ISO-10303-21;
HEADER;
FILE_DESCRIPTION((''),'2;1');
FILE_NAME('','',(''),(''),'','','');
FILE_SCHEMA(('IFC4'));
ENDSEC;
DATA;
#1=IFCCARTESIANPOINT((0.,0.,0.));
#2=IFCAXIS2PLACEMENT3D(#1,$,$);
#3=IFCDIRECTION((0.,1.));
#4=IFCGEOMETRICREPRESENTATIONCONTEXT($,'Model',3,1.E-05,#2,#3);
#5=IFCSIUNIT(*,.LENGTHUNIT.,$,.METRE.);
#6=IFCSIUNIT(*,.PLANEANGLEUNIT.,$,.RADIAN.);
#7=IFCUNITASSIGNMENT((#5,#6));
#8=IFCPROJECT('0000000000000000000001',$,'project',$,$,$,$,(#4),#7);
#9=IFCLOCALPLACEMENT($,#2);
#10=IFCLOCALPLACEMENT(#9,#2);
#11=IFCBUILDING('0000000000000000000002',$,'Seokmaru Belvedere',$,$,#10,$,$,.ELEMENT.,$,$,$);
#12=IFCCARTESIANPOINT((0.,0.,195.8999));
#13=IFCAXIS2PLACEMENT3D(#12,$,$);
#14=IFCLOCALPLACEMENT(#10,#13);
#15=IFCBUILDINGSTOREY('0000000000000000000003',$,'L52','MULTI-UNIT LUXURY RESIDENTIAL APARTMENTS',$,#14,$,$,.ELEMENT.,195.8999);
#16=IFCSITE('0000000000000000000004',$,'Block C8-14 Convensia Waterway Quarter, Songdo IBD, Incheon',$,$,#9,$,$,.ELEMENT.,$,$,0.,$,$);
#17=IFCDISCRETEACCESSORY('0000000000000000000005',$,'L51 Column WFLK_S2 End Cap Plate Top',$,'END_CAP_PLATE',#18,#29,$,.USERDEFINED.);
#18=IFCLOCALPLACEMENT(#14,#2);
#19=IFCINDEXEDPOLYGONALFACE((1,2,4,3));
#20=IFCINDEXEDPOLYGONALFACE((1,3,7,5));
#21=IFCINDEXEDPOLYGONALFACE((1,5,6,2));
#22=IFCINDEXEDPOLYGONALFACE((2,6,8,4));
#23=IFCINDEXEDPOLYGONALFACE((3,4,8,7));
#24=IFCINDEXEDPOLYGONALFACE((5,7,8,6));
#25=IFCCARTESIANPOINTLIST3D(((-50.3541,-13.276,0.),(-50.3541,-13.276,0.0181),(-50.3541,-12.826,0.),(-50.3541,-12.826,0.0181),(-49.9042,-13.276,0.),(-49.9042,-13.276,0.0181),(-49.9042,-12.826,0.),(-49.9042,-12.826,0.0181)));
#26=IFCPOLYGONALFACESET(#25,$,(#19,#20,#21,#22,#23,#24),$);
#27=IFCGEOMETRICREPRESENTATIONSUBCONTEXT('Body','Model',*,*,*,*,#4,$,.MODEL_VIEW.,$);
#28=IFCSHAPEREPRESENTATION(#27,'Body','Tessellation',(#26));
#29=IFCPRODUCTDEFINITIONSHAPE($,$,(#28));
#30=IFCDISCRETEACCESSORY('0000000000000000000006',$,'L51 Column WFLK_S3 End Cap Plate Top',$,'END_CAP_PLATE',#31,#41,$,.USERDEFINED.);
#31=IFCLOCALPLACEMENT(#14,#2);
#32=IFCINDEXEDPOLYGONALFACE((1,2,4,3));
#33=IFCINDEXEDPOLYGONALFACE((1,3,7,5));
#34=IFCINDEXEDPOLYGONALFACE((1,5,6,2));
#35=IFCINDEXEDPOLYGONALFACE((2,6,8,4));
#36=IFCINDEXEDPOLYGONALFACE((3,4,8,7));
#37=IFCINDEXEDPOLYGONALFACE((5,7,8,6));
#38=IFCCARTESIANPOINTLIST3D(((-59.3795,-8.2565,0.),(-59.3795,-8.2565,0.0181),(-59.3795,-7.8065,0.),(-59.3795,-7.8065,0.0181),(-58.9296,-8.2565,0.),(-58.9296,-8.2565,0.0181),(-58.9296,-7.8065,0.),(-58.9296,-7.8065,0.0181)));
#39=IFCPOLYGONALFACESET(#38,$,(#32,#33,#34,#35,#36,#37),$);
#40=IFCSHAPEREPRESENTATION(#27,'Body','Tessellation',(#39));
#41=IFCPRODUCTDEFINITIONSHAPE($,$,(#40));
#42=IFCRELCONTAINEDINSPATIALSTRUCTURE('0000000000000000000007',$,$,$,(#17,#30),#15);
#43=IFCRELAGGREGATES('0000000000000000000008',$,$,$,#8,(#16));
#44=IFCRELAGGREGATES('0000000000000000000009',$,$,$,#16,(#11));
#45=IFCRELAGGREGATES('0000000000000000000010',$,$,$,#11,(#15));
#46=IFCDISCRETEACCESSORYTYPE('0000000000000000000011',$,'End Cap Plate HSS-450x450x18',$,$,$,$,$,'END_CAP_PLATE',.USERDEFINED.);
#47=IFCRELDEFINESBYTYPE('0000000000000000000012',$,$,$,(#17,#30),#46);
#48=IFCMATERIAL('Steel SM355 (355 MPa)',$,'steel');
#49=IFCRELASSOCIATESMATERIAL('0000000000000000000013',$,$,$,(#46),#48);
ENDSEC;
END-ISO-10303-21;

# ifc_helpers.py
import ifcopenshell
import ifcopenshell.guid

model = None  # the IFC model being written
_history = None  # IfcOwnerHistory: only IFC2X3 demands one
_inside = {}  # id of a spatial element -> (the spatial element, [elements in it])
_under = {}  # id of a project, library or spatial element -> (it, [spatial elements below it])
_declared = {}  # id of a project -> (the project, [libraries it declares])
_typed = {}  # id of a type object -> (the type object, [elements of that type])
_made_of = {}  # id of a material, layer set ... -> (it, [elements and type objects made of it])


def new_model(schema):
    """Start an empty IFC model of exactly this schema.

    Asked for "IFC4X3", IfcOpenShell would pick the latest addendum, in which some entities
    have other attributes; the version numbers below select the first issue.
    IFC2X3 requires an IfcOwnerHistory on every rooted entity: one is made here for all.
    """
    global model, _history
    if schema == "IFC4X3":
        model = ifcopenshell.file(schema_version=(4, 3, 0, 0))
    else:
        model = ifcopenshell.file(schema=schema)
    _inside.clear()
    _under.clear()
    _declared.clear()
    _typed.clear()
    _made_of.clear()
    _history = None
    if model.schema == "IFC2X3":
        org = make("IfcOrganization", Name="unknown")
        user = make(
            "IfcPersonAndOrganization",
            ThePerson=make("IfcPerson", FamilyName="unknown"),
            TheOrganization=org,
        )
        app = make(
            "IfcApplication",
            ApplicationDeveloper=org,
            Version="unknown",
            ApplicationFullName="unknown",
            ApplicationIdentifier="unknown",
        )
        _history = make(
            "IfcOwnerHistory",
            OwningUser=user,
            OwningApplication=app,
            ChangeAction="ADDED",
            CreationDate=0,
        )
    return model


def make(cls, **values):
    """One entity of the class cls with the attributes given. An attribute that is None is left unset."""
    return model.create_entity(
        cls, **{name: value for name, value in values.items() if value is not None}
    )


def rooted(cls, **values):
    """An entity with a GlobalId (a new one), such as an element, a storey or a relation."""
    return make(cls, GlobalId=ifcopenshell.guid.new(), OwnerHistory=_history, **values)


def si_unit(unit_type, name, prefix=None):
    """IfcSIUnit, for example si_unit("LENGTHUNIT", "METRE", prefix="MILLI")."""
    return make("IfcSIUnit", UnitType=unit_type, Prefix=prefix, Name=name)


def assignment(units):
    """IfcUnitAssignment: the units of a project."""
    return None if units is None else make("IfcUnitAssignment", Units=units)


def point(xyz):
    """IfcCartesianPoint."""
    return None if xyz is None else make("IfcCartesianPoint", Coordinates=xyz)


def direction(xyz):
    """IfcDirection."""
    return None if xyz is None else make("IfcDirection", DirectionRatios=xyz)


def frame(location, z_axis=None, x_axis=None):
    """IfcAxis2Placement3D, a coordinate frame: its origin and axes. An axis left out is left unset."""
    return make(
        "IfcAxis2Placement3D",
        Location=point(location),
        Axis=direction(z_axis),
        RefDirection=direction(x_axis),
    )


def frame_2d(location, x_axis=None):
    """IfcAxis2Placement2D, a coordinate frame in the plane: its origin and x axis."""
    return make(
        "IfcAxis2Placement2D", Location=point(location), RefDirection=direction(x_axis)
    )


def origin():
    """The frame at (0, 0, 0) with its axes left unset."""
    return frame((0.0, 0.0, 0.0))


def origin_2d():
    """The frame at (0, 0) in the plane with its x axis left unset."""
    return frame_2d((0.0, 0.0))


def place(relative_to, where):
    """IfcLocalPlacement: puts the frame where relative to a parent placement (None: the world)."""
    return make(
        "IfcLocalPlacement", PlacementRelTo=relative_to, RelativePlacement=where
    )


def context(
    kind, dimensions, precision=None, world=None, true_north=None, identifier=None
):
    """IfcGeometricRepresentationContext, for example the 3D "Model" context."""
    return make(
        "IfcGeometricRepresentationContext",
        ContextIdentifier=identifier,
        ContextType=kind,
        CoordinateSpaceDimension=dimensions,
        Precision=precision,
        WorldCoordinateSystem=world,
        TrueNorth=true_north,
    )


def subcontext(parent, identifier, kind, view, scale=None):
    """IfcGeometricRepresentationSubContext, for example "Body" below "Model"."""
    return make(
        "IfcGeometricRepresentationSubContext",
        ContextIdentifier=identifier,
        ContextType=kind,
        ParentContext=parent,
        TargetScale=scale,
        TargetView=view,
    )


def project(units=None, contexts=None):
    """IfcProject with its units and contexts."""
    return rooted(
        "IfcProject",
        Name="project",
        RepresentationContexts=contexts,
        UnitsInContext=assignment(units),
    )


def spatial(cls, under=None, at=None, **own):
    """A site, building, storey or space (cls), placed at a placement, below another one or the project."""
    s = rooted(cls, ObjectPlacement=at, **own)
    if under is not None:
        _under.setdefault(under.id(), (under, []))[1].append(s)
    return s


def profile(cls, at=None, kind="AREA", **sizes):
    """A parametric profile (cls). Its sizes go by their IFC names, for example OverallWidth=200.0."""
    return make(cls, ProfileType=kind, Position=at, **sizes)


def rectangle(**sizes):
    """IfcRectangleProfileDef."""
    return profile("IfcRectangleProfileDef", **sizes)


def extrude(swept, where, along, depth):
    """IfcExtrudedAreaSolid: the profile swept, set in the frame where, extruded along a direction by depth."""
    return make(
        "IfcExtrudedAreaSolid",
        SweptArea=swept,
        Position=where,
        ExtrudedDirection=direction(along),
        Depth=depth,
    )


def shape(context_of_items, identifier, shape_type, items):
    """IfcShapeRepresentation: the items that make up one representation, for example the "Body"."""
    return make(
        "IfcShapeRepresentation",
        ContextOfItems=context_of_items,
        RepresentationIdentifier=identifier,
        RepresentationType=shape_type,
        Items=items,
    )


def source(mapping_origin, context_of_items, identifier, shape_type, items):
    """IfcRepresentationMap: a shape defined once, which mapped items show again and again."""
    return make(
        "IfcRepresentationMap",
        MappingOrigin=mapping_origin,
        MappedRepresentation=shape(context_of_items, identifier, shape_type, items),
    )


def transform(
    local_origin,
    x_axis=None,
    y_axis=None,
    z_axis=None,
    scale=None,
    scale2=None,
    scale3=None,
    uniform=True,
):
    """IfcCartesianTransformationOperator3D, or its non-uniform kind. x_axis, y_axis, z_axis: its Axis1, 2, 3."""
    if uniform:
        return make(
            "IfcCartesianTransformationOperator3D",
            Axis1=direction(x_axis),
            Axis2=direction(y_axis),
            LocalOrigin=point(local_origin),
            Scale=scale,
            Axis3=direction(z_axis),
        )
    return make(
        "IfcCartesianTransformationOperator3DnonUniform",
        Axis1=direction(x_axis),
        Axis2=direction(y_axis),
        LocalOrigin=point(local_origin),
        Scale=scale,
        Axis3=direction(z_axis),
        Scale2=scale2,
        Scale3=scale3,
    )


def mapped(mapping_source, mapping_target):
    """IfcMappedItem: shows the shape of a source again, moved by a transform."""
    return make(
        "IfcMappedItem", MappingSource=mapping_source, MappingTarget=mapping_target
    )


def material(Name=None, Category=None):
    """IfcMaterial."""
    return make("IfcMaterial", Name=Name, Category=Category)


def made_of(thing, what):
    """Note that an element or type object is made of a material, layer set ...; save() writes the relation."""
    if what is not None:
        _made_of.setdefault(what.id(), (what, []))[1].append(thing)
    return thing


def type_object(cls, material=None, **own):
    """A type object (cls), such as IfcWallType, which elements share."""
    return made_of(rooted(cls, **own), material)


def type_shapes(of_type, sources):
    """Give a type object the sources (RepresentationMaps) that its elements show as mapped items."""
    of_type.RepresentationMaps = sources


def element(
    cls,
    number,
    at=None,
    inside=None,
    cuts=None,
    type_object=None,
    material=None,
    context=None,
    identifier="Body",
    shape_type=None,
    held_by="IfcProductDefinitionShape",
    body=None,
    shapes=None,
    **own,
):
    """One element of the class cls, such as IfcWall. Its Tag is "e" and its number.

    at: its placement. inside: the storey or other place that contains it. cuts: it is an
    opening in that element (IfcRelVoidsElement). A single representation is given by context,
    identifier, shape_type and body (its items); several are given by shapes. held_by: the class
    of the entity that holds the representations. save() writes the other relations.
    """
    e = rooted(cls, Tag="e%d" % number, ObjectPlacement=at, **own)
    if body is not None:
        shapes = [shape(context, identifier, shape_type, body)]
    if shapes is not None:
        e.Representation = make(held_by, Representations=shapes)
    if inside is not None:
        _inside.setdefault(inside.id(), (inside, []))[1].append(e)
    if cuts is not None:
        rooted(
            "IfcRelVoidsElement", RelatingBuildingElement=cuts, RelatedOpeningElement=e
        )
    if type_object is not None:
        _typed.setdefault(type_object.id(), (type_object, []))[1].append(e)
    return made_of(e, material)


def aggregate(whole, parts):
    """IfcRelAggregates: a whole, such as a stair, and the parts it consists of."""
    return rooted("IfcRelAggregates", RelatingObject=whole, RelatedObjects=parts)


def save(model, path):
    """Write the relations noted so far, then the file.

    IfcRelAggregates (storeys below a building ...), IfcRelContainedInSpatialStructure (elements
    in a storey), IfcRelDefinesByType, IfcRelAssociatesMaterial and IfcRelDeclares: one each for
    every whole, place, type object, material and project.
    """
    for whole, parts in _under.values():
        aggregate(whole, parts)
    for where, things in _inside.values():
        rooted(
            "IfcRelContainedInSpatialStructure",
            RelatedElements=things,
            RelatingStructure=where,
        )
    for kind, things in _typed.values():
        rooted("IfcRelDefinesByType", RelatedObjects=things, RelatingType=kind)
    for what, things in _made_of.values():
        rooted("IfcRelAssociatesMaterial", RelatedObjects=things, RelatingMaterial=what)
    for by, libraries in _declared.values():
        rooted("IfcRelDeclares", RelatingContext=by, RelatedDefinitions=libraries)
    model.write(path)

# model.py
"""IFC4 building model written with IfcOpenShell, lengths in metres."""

from ifc_helpers import new_model, si_unit, direction, frame, origin, origin_2d, place, context, subcontext, project, spatial, rectangle, extrude, source, transform, mapped, material, type_object, type_shapes, element, save


model = new_model("IFC4")

# Units and contexts
model_context = context("Model", 3, precision=1e-05, world=origin(), true_north=direction((0.0, 1.0)))
body_context = subcontext(model_context, "Body", "Model", "MODEL_VIEW")
ifc_project = project(units=[si_unit("LENGTHUNIT", "METRE"), si_unit("PLANEANGLEUNIT", "RADIAN")], contexts=[model_context])

# Site, building, storey
site_placement = place(None, origin())
site = spatial("IfcSite", under=ifc_project, at=site_placement, Name="Block C8-14 Convensia Waterway Quarter, Songdo IBD, Incheon", CompositionType="ELEMENT", RefElevation=0.0)
building_placement = place(site_placement, origin())
building = spatial("IfcBuilding", under=site, at=building_placement, Name="Seokmaru Belvedere", CompositionType="ELEMENT")
storey_placement = place(building_placement, frame((0.0, 0.0, 195.8999)))
storey = spatial("IfcBuildingStorey", under=building, at=storey_placement, Name="L52", Description="MULTI-UNIT LUXURY RESIDENTIAL APARTMENTS", CompositionType="ELEMENT", Elevation=195.8999)

# Shared definitions
ifc_material_1 = material(Name="Steel SM355 (355 MPa)", Category="steel")

# Discrete accessories
discrete_accessory_type = type_object("IfcDiscreteAccessoryType", Name="End Cap Plate HSS-450x450x18", ElementType="END_CAP_PLATE", PredefinedType="USERDEFINED", material=ifc_material_1)
shared_shape_1 = source(origin(), body_context, "Body", "SweptSolid", [
    extrude(rectangle(XDim=0.45, YDim=0.45, at=origin_2d()), origin(), (0.0, 0.0, 1.0), 0.0181),
])
type_shapes(discrete_accessory_type, [shared_shape_1])
for number, where, z_axis, x_axis, name in (
    (1, (-50.1292, -13.051, 0.0), (0.0, 0.0, 1.0), (1.0, 0.0, 0.0), "L51 Column WFLK_S2 End Cap Plate Top"),
    (2, (-59.1545, -8.0315, 0.0), (0.0, 0.0, 1.0), (1.0, 0.0, 0.0), "L51 Column WFLK_S3 End Cap Plate Top"),
):
    element("IfcDiscreteAccessory", number, at=place(storey_placement, frame(where, z_axis=z_axis, x_axis=x_axis)), inside=storey, type_object=discrete_accessory_type, Name=name, ObjectType="END_CAP_PLATE", PredefinedType="USERDEFINED", context=body_context, shape_type="MappedRepresentation", body=[
        mapped(shared_shape_1, transform((0.0, 0.0, 0.0), scale=1.0)),
    ])

save(model, "model.ifc")
